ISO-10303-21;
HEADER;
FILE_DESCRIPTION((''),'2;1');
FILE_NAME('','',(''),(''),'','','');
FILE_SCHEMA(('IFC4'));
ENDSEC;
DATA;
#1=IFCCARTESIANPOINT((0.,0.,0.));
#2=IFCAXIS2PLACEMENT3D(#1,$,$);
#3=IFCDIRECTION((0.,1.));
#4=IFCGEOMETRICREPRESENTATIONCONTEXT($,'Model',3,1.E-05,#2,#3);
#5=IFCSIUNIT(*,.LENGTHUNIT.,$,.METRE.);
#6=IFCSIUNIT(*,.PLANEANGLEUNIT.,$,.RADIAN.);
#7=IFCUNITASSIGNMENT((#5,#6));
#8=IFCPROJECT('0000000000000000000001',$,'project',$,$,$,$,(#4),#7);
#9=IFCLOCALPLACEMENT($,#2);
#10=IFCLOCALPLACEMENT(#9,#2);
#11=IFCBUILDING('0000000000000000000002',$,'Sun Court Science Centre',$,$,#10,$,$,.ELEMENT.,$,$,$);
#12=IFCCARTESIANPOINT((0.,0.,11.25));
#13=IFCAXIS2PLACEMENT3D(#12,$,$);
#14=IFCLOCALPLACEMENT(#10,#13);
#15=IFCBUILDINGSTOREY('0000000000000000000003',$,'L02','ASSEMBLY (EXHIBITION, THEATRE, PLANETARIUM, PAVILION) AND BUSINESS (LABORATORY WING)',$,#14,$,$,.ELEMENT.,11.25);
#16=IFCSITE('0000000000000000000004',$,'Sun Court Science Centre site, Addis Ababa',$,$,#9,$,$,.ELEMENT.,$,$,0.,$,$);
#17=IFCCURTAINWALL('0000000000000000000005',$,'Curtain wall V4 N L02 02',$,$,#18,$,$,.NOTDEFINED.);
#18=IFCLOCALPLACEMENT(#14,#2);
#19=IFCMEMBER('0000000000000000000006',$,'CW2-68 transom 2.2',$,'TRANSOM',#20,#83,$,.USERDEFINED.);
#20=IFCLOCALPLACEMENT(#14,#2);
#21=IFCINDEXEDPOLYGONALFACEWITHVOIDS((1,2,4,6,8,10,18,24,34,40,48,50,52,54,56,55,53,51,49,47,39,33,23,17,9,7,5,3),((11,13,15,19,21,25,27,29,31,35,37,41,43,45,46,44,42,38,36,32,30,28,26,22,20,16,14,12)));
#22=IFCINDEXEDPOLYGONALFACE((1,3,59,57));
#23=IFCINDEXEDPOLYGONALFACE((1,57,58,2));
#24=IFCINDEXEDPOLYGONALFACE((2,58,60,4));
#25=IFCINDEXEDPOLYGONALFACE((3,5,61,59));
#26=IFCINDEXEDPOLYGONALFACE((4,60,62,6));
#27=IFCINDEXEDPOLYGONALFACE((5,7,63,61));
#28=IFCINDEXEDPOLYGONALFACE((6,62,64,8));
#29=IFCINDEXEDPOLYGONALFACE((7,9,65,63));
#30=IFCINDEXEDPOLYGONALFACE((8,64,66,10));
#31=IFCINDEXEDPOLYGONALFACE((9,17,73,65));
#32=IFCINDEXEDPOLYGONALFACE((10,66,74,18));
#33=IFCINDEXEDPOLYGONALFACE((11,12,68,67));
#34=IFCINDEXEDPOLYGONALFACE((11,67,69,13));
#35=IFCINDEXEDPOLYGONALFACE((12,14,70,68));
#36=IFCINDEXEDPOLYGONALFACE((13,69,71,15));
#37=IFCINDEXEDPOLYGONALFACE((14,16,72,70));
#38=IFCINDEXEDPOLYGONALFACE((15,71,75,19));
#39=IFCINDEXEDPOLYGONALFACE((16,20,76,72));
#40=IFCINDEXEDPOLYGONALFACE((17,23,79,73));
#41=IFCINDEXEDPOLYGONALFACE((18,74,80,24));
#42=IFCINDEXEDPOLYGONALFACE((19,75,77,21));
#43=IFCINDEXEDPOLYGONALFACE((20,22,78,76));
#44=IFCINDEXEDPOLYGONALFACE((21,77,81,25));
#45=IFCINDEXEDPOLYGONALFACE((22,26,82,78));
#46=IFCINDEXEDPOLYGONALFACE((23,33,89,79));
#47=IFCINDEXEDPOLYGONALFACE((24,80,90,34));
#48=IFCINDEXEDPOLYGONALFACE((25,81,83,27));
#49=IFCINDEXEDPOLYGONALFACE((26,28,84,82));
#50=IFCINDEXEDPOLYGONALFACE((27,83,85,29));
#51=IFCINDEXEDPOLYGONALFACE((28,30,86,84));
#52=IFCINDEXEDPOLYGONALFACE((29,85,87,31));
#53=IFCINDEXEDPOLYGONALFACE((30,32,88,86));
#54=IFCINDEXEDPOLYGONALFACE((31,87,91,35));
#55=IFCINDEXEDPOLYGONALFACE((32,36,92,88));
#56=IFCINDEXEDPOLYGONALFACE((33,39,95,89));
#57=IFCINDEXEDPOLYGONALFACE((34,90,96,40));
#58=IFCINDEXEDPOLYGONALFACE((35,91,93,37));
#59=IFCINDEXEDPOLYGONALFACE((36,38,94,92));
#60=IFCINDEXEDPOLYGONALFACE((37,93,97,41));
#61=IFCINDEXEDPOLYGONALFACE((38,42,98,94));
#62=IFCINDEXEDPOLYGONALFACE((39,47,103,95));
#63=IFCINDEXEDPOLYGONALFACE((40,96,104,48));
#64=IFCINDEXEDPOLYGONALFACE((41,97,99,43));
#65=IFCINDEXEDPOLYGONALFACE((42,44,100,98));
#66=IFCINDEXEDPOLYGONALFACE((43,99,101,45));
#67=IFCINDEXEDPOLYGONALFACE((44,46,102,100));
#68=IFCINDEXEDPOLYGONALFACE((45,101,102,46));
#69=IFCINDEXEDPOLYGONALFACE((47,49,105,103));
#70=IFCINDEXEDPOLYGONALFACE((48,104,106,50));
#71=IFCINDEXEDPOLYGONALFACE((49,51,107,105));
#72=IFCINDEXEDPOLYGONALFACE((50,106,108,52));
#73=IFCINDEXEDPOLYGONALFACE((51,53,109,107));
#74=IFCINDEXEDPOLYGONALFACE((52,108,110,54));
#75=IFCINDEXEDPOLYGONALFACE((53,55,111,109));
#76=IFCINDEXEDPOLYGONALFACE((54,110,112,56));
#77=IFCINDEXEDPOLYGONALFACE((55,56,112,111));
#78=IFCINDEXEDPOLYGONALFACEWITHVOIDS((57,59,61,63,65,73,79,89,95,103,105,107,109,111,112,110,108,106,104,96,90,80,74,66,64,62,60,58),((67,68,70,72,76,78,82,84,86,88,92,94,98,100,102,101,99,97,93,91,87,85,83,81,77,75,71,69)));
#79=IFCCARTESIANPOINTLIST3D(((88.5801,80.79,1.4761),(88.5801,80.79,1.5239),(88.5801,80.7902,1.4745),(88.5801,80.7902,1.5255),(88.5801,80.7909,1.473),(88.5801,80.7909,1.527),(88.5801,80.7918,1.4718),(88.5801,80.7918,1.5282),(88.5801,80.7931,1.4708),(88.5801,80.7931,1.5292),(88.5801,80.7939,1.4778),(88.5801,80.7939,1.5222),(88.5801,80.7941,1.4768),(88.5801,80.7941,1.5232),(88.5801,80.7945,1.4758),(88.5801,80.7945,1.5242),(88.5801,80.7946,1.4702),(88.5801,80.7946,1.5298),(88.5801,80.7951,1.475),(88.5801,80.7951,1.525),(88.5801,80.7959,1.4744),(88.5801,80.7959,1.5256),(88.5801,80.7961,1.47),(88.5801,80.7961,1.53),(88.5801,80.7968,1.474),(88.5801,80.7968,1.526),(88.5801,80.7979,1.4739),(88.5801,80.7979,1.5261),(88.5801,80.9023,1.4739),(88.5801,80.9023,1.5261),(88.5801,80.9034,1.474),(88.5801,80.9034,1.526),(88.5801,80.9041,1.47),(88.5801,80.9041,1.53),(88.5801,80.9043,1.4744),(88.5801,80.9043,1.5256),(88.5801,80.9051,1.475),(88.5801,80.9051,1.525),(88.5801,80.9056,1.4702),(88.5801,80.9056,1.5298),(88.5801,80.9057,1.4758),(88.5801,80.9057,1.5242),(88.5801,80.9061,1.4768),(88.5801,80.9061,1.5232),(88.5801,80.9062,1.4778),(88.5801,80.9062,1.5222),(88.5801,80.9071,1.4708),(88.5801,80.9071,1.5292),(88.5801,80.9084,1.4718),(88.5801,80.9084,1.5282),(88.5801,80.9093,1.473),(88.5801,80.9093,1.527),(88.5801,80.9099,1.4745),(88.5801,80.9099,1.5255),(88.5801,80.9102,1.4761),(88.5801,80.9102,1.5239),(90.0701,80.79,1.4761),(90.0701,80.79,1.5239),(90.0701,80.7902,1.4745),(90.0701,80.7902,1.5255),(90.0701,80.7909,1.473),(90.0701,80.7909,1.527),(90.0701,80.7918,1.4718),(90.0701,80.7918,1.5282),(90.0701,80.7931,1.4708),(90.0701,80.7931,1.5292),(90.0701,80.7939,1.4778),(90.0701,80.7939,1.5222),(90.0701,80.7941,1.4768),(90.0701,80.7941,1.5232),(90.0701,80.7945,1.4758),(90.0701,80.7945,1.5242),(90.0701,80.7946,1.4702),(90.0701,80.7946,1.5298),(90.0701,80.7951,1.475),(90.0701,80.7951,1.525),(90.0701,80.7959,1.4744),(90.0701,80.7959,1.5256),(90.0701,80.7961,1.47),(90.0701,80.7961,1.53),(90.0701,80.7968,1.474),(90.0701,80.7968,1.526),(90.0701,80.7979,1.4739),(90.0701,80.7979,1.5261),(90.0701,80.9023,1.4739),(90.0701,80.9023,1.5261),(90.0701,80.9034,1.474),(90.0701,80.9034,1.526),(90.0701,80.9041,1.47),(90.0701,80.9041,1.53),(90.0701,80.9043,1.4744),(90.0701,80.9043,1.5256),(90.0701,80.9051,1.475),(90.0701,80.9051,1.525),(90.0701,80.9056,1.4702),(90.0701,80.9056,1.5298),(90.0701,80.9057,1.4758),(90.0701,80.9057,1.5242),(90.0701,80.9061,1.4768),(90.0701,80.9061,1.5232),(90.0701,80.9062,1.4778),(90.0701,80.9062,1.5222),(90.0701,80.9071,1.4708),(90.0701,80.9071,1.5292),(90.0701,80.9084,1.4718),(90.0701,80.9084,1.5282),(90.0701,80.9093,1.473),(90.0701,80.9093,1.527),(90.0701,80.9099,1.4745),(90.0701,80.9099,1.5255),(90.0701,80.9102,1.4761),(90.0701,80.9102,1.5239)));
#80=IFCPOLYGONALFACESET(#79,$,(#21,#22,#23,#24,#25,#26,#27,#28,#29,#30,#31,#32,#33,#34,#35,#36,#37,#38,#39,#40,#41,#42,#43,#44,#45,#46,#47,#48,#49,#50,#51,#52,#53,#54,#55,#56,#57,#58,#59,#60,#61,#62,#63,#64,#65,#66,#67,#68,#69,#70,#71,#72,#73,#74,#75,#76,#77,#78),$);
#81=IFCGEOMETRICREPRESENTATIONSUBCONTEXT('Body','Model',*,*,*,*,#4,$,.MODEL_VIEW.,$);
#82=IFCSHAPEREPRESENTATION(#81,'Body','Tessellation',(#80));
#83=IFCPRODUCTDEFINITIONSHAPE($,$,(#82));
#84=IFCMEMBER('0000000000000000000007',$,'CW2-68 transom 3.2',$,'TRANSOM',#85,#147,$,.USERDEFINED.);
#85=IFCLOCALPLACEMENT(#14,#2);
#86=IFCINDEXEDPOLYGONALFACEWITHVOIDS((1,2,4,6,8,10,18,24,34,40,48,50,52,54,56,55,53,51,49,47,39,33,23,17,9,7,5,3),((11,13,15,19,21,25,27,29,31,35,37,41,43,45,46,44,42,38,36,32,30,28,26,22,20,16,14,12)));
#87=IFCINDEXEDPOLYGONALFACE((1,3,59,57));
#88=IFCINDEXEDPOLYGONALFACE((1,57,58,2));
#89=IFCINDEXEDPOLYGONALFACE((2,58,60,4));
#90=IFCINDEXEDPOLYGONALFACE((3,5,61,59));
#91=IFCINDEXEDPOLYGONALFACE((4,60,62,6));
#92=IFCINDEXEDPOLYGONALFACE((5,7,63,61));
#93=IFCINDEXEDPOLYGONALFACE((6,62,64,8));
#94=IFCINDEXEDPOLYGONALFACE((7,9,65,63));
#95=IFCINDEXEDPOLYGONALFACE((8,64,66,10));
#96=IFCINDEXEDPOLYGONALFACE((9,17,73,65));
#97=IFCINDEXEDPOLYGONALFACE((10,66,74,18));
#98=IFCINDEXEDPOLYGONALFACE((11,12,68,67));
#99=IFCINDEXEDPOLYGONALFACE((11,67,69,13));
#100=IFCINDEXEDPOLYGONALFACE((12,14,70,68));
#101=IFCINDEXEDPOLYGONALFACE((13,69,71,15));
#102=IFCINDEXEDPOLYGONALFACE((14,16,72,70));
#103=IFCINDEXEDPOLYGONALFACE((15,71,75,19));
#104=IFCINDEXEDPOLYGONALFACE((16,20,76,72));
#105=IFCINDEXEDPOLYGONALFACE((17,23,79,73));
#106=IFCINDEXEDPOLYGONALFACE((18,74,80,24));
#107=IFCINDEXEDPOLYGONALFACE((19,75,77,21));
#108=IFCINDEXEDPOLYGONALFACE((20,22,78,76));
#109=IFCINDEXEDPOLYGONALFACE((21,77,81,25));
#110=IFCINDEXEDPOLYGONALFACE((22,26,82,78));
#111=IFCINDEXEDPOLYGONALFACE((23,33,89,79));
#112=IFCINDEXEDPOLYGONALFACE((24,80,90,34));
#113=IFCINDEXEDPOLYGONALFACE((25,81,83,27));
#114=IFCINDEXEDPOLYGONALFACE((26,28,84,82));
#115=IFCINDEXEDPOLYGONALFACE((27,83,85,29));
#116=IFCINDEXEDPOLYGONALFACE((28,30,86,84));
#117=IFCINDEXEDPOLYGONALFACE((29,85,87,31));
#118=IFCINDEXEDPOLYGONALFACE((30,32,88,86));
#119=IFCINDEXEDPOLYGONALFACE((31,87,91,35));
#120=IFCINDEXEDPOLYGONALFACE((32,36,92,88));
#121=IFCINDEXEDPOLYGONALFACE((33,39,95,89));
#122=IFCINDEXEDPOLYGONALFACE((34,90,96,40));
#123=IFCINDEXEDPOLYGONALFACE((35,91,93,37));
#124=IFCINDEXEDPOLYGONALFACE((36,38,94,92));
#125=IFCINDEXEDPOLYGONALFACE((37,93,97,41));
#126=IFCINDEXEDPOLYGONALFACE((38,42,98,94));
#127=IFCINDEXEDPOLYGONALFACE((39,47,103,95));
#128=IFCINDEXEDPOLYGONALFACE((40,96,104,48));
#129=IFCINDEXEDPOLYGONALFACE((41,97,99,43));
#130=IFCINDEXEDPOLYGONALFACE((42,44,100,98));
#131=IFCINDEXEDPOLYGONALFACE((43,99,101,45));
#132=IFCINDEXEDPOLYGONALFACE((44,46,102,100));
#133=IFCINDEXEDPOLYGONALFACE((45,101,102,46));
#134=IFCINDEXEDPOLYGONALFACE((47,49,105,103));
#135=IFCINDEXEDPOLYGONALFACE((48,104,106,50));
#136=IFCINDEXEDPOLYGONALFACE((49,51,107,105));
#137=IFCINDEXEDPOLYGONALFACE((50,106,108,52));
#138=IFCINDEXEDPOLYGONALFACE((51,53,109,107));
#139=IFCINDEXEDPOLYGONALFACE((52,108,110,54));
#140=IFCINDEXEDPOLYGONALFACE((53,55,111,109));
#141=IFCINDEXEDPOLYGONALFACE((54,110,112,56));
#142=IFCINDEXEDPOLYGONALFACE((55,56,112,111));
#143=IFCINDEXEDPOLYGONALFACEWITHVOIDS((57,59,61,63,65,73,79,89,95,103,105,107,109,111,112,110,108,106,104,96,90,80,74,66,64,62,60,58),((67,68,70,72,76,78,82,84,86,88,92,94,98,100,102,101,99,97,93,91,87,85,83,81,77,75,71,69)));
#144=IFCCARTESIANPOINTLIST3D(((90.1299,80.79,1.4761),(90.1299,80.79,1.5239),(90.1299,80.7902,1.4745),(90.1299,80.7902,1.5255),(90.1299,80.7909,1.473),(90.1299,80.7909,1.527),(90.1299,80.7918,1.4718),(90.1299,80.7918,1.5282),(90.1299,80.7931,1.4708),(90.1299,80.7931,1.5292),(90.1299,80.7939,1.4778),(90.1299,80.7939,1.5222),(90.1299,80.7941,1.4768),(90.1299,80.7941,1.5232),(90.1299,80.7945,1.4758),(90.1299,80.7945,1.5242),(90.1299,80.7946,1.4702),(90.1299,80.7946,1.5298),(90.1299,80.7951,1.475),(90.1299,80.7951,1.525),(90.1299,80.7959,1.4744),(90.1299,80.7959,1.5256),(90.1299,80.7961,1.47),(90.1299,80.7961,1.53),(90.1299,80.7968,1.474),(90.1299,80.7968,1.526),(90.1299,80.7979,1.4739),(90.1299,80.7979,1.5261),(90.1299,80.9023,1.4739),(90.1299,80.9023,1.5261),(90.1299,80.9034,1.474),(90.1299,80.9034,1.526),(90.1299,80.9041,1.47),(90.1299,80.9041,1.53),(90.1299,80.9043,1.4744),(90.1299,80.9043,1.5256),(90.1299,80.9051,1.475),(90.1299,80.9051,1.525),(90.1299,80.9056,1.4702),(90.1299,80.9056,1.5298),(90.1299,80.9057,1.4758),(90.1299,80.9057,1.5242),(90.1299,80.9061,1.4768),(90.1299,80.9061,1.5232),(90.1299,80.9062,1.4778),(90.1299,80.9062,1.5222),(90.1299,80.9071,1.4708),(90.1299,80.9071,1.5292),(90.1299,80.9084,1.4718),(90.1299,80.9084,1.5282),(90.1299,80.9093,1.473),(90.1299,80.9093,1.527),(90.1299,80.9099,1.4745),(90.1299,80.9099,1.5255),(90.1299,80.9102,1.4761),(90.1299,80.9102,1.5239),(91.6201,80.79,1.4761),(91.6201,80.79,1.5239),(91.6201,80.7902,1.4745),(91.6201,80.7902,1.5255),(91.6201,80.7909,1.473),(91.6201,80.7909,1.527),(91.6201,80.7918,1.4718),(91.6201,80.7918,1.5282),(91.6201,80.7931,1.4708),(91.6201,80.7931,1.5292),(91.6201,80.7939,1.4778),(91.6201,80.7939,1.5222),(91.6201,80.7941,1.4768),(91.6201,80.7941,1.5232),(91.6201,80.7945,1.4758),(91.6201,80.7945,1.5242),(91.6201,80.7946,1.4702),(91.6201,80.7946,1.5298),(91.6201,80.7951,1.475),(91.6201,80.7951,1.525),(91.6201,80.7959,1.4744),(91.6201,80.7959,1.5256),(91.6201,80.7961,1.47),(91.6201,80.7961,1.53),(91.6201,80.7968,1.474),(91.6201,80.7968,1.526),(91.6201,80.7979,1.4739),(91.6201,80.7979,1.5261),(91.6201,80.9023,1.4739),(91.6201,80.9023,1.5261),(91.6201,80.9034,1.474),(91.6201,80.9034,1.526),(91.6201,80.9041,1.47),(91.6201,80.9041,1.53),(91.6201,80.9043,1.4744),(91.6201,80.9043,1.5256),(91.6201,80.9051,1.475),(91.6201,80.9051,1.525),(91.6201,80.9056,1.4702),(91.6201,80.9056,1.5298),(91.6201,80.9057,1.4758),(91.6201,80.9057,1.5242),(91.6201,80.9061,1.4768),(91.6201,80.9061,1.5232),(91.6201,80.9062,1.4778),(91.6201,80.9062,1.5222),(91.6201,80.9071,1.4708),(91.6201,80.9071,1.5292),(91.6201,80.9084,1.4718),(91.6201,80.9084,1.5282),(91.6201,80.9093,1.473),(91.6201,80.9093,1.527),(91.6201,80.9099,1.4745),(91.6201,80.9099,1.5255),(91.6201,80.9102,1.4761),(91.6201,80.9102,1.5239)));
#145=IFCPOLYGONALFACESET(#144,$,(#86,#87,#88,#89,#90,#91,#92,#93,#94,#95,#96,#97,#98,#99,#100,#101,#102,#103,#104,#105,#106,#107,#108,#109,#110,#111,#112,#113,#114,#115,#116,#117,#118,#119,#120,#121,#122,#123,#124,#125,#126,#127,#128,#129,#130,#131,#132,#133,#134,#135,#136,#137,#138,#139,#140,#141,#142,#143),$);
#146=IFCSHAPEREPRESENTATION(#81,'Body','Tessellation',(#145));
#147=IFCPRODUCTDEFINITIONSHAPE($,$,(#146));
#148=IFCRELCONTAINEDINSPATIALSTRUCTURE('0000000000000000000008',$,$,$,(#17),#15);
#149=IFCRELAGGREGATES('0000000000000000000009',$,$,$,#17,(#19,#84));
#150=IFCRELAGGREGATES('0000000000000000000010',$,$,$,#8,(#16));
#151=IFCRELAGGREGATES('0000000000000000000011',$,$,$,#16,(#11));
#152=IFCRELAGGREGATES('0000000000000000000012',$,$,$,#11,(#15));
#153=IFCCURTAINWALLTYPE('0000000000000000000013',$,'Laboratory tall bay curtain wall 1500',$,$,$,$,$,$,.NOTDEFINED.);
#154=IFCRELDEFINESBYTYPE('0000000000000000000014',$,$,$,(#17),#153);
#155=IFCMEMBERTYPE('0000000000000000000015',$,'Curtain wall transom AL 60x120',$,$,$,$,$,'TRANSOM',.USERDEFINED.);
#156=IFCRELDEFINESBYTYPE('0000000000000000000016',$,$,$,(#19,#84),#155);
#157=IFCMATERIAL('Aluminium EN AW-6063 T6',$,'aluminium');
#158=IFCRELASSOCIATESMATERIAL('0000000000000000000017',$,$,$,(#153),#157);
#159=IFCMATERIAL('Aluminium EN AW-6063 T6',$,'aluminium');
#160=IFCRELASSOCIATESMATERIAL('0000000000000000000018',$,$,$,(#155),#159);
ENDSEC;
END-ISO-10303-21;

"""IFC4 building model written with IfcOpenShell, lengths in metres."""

from ifc_helpers import new_model, si_unit, direction, frame, origin, origin_2d, place, context, subcontext, project, spatial, hollow_rectangle, extrude, material, material_profile, profile_set, type_object, element, aggregate, save


model = new_model("IFC4")

# Units and contexts
model_context = context("Model", 3, precision=1e-05, world=origin(), true_north=direction((0.0, 1.0)))
body_context = subcontext(model_context, "Body", "Model", "MODEL_VIEW")
ifc_project = project(units=[si_unit("LENGTHUNIT", "METRE"), si_unit("PLANEANGLEUNIT", "RADIAN")], contexts=[model_context])

# Site, building, storey
site_placement = place(None, origin())
site = spatial("IfcSite", under=ifc_project, at=site_placement, Name="Sun Court Science Centre site, Addis Ababa", CompositionType="ELEMENT", RefElevation=0.0)
building_placement = place(site_placement, origin())
building = spatial("IfcBuilding", under=site, at=building_placement, Name="Sun Court Science Centre", CompositionType="ELEMENT")
storey_placement = place(building_placement, frame((0.0, 0.0, 11.25)))
storey = spatial("IfcBuildingStorey", under=building, at=storey_placement, Name="L02", Description="ASSEMBLY (EXHIBITION, THEATRE, PLANETARIUM, PAVILION) AND BUSINESS (LABORATORY WING)", CompositionType="ELEMENT", Elevation=11.25)

# Curtain wall, members
ifc_material_1 = material(Name="Aluminium EN AW-6063 T6", Category="aluminium")
curtain_wall_type = type_object("IfcCurtainWallType", Name="Laboratory tall bay curtain wall 1500", PredefinedType="NOTDEFINED", material=ifc_material_1)
curtain_wall_placement = place(storey_placement, origin())
curtain_wall = element("IfcCurtainWall", 1, at=curtain_wall_placement, inside=storey, type_object=curtain_wall_type, Name="Curtain wall V4 N L02 02", PredefinedType="NOTDEFINED")
ifc_material_2 = material(Name="Aluminium EN AW-6063 T6", Category="aluminium")
ifc_material_profile_1 = material_profile(ifc_material_2, hollow_rectangle(XDim=0.0601, YDim=0.1201, WallThickness=0.0039, InnerFilletRadius=0.0039, OuterFilletRadius=0.0061, at=origin_2d()), Name="AL 60x120x4")
ifc_profile_set_1 = profile_set([ifc_material_profile_1], Name="Aluminium EN AW-6063 T6")
member_type_1 = type_object("IfcMemberType", Name="Curtain wall transom AL 60x120", ElementType="TRANSOM", PredefinedType="USERDEFINED", material=ifc_profile_set_1)
member_1_placement = place(storey_placement, frame((88.5801, 80.8501, 1.5), z_axis=(1.0, 0.0, 0.0), x_axis=(0.0, 0.0, 1.0)))
member_1 = element("IfcMember", 2, at=member_1_placement, type_object=member_type_1, Name="CW2-68 transom 2.2", ObjectType="TRANSOM", PredefinedType="USERDEFINED", context=body_context, shape_type="SweptSolid", body=[
    extrude(hollow_rectangle(XDim=0.0601, YDim=0.1201, WallThickness=0.0039, InnerFilletRadius=0.0039, OuterFilletRadius=0.0061, at=origin_2d()), origin(), (0.0, 0.0, 1.0), 1.49),
])
member_2_placement = place(storey_placement, frame((90.1299, 80.8501, 1.5), z_axis=(1.0, 0.0, 0.0), x_axis=(0.0, 0.0, 1.0)))
member_2 = element("IfcMember", 3, at=member_2_placement, type_object=member_type_1, Name="CW2-68 transom 3.2", ObjectType="TRANSOM", PredefinedType="USERDEFINED", context=body_context, shape_type="SweptSolid", body=[
    extrude(hollow_rectangle(XDim=0.0601, YDim=0.1201, WallThickness=0.0039, InnerFilletRadius=0.0039, OuterFilletRadius=0.0061, at=origin_2d()), origin(), (0.0, 0.0, 1.0), 1.4902),
])
aggregate(curtain_wall, [member_1, member_2])

save(model, "model.ifc")
